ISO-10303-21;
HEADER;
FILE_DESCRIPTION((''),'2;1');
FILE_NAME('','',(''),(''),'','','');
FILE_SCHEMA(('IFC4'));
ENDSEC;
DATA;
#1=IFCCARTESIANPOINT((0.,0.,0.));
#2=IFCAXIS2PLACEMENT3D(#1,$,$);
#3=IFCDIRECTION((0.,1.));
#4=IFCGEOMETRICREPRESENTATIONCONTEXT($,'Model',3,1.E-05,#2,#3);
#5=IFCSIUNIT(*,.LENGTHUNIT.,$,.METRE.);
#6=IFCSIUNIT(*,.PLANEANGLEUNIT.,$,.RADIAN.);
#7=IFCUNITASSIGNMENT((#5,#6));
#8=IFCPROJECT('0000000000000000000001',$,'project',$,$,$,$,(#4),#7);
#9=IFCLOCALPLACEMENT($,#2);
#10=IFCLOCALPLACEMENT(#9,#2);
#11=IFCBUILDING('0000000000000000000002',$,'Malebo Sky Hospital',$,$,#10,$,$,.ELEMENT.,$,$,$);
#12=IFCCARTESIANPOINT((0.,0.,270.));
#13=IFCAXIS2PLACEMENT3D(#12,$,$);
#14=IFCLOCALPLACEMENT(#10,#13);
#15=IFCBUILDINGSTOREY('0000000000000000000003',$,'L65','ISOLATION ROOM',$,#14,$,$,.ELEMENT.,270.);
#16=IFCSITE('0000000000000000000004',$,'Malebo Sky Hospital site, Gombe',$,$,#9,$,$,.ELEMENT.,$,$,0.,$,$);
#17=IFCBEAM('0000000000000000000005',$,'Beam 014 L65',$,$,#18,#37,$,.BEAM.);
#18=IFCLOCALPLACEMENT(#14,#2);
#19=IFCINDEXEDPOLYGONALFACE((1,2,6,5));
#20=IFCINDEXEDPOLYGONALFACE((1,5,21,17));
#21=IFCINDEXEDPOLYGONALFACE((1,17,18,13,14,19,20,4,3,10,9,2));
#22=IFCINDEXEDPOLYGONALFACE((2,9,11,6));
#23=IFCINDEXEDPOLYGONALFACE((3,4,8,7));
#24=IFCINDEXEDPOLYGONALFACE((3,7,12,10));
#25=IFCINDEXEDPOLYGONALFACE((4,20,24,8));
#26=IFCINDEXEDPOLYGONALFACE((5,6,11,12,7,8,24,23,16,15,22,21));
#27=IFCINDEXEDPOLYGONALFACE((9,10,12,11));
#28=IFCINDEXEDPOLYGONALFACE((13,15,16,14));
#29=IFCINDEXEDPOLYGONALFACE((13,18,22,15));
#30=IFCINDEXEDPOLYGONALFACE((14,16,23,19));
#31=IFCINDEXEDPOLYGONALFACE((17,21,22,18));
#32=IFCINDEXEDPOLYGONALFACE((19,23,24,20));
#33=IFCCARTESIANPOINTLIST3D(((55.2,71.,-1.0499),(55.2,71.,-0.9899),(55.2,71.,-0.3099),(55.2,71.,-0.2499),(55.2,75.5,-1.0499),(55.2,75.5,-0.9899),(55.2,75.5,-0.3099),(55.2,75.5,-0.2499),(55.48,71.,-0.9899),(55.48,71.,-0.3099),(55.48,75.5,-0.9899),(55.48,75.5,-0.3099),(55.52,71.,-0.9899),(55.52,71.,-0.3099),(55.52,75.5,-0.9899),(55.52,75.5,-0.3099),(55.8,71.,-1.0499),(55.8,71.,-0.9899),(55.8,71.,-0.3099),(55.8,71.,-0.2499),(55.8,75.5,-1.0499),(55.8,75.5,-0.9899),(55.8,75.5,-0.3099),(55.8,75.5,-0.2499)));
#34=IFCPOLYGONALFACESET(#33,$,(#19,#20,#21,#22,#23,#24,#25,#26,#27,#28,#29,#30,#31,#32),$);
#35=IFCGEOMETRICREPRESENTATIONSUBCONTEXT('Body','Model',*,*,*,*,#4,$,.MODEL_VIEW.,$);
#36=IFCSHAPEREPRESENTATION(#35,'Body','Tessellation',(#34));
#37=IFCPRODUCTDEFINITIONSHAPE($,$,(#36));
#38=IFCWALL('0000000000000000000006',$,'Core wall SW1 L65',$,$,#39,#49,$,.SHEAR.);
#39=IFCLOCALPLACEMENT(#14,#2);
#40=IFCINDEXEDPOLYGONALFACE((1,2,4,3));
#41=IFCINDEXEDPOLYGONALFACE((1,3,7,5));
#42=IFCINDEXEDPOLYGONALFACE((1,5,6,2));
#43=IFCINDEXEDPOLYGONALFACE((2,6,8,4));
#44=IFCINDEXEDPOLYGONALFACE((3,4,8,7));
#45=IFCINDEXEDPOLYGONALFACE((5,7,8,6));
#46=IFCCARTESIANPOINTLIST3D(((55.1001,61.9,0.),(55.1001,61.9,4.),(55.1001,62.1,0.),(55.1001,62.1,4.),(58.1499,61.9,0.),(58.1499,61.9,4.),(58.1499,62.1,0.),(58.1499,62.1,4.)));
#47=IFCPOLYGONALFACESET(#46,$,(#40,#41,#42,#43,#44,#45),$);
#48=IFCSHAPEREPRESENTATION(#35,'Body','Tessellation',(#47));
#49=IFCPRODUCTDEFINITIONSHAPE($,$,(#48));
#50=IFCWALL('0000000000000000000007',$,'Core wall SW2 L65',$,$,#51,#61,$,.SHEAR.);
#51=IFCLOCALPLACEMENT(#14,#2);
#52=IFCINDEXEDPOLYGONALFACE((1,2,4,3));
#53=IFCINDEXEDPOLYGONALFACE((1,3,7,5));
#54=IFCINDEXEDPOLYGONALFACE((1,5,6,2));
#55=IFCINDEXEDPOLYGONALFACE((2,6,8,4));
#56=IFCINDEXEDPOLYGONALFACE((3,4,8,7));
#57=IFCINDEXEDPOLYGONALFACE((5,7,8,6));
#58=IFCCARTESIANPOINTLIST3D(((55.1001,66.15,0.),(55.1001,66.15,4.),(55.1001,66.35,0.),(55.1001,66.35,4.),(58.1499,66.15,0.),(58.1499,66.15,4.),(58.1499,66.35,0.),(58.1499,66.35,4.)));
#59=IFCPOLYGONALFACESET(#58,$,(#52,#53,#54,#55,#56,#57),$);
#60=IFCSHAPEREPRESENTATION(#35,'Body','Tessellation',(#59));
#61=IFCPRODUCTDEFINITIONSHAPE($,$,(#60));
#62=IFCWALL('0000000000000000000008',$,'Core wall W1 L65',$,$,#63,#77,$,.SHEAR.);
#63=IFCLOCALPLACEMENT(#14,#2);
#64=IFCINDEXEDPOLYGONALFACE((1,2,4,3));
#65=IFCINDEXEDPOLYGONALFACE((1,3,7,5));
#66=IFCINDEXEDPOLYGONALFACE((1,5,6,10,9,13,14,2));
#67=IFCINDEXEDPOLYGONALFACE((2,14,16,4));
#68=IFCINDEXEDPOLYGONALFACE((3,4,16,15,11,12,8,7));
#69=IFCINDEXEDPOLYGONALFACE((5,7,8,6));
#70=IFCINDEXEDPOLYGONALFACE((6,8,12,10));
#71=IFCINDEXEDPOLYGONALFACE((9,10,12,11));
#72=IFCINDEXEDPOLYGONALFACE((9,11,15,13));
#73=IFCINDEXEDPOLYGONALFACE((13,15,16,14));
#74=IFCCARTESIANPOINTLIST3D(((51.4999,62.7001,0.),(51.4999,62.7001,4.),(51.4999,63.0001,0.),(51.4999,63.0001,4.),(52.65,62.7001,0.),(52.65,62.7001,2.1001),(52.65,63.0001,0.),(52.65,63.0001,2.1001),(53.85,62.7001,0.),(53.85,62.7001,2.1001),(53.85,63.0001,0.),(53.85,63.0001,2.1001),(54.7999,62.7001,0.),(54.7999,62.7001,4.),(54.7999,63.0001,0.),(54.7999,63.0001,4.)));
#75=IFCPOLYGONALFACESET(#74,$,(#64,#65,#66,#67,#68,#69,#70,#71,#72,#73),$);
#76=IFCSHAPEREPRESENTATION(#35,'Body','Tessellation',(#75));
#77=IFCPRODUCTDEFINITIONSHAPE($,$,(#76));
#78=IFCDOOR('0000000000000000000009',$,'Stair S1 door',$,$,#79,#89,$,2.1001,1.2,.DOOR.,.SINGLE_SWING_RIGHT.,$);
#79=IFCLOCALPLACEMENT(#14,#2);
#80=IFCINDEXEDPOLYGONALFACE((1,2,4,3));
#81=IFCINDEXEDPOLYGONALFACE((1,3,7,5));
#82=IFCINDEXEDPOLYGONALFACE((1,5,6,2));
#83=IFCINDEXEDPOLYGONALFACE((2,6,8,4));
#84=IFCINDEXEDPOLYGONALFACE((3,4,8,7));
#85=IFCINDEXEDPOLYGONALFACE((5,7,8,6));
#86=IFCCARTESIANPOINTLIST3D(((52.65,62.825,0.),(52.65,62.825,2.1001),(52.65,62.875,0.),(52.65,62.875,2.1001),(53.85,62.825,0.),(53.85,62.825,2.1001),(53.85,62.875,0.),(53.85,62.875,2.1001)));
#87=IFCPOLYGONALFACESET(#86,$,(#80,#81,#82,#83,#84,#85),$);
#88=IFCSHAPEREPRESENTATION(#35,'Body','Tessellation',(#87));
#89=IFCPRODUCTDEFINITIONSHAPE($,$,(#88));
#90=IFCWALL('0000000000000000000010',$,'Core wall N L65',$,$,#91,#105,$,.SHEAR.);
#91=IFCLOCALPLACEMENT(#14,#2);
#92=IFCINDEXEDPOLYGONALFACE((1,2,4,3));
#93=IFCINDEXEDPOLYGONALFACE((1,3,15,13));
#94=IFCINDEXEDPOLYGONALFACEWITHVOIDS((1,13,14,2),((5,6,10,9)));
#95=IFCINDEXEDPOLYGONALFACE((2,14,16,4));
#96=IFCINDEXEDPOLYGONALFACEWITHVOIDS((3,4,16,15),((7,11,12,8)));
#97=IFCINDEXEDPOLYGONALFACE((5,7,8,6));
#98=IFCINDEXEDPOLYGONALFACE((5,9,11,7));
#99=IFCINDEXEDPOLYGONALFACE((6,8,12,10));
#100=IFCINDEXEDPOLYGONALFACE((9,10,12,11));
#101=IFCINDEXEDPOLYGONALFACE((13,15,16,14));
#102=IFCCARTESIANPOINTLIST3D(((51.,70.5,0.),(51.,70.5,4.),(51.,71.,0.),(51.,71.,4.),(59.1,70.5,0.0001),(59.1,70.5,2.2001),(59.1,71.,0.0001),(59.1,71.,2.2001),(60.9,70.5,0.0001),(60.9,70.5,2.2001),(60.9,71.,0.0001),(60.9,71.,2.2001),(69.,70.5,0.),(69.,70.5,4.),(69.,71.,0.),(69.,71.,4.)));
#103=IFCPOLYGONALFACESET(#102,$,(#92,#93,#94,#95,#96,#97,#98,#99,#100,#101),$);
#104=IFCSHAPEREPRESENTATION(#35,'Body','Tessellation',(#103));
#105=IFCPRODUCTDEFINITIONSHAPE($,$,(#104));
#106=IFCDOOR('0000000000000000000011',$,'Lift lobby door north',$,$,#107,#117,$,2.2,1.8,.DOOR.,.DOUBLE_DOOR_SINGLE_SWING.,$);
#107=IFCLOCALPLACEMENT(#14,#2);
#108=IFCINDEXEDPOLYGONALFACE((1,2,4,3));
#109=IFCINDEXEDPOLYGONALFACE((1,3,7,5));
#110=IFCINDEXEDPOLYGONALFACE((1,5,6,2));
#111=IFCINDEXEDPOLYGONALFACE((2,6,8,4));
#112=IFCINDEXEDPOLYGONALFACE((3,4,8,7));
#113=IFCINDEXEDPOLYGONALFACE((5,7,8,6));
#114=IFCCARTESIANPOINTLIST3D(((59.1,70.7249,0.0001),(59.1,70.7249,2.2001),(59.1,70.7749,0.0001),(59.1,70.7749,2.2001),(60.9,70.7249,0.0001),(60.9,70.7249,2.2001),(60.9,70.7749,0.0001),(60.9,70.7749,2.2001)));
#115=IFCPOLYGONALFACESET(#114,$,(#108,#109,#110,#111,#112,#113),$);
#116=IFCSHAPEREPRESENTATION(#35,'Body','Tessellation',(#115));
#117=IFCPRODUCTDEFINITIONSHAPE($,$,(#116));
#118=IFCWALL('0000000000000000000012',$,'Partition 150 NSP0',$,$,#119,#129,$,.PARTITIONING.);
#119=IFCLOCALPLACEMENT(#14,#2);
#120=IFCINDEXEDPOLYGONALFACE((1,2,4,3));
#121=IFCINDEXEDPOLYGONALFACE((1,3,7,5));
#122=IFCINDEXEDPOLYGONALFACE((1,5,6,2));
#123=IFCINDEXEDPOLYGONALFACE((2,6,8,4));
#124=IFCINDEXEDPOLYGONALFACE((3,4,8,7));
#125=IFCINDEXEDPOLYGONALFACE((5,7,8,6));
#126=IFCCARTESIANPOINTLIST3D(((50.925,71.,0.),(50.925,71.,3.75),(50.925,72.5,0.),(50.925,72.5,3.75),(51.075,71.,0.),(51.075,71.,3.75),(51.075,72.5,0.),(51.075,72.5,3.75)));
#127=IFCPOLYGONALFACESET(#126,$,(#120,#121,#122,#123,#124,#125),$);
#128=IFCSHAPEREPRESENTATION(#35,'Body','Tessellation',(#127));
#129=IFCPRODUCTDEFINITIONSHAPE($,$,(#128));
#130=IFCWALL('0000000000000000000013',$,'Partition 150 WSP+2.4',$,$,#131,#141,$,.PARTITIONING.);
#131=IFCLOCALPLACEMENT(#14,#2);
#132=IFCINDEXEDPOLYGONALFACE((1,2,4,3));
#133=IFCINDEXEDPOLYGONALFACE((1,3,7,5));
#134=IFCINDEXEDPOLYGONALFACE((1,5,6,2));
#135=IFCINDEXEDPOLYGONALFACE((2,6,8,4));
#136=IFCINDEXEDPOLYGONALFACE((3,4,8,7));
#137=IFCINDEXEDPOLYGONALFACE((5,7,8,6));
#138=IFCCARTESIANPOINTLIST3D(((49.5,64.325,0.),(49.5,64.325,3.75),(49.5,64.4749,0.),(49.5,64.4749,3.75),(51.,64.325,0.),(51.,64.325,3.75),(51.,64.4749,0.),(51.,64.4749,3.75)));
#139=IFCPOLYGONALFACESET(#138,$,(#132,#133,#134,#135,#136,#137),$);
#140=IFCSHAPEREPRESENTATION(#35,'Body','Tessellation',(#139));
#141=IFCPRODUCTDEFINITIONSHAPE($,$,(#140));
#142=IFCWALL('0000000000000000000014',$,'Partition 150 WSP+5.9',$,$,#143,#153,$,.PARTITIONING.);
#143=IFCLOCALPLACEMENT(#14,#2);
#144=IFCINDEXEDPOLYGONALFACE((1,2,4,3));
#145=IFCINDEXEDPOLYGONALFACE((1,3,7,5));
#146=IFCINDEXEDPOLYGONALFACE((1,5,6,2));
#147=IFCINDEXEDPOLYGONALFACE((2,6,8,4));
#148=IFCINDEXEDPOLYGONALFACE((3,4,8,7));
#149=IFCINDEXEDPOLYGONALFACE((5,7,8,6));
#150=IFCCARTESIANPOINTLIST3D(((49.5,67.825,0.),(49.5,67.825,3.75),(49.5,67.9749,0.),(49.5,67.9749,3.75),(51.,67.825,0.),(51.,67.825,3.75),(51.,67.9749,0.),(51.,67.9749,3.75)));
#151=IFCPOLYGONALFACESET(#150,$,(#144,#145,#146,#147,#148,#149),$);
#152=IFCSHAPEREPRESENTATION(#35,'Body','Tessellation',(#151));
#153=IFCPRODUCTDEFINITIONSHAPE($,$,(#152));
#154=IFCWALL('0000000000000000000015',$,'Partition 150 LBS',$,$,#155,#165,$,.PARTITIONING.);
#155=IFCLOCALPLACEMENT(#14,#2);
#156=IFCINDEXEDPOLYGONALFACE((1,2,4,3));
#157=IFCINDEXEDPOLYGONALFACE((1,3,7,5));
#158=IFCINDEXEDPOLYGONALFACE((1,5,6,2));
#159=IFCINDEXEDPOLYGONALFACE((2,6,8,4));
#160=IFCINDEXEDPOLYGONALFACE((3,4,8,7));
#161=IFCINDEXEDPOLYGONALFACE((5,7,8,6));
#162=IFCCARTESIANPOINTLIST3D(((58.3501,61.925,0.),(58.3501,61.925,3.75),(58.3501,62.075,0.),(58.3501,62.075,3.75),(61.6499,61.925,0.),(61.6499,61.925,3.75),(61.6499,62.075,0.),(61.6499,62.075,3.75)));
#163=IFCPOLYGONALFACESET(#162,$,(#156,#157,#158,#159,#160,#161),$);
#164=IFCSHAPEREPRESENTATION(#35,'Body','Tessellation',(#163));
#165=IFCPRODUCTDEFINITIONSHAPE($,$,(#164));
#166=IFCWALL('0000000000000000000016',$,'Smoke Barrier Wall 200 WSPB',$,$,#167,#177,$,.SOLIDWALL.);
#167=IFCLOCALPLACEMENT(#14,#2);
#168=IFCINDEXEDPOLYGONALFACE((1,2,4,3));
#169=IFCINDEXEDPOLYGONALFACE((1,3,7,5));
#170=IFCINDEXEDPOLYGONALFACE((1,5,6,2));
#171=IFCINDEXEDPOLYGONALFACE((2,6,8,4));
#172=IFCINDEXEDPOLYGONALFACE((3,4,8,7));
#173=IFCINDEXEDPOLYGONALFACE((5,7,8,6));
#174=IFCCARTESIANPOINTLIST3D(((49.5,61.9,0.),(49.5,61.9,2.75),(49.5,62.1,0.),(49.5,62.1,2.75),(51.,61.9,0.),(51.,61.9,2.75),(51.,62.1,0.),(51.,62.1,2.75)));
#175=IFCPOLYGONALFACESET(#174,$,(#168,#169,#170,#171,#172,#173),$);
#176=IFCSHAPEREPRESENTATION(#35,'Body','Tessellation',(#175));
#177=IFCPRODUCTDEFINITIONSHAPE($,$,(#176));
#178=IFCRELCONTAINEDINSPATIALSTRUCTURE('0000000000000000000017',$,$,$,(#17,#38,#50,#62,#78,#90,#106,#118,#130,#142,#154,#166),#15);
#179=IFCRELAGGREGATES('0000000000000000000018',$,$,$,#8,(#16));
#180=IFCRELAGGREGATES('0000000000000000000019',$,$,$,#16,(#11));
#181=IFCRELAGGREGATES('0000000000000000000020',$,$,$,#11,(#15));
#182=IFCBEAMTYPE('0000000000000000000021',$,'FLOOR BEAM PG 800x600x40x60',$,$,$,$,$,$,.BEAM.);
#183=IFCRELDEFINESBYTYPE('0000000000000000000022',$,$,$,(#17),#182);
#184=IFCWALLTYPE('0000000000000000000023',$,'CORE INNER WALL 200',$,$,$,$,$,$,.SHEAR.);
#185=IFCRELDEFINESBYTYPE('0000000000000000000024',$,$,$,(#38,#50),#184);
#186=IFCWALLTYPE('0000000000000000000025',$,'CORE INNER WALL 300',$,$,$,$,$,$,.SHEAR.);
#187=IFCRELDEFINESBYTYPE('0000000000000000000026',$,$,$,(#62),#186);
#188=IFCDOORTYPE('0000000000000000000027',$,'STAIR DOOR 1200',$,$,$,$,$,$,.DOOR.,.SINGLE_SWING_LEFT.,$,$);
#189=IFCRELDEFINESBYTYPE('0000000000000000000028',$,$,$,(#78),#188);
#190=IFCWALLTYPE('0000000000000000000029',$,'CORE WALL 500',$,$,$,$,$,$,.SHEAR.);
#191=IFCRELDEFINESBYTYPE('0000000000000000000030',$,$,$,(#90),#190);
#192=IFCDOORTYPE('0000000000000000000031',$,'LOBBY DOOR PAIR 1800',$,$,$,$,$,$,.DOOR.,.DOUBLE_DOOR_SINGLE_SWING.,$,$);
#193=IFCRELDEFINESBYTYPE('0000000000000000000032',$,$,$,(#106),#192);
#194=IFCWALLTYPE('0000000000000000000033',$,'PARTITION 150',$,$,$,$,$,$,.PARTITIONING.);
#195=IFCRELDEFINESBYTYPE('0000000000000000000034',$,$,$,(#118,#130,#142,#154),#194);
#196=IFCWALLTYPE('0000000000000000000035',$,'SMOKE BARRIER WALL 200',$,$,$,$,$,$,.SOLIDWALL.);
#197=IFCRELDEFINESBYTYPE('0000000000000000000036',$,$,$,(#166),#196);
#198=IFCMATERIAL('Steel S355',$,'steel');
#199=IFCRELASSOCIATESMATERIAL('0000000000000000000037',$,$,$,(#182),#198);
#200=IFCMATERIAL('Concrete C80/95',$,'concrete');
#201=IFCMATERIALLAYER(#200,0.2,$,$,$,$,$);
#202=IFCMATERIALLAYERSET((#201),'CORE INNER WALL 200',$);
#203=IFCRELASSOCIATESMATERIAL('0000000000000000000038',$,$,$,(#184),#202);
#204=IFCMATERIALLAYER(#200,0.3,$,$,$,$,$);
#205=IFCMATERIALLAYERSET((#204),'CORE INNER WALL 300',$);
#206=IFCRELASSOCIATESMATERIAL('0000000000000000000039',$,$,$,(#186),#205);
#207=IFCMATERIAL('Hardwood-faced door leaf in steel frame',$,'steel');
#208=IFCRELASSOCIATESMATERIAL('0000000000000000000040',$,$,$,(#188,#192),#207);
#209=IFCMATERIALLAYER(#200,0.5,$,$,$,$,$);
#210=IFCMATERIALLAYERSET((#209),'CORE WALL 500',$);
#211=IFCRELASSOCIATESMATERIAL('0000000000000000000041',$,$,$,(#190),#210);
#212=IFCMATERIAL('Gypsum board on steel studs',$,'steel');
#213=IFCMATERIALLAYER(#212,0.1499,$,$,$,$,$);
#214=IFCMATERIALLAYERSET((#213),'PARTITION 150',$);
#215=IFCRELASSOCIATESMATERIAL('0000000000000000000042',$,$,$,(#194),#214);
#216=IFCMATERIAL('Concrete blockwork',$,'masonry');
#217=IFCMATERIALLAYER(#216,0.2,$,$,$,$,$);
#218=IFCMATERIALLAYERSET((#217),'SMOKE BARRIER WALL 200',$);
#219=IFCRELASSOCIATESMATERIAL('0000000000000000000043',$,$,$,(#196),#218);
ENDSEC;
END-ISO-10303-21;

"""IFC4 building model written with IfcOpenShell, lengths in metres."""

from ifc_helpers import new_model, si_unit, direction, frame, frame_2d, origin, origin_2d, place, context, subcontext, project, spatial, rectangle, i_section, extrude, material, layer, layer_set, material_profile, profile_set, type_object, element, fill, save


model = new_model("IFC4")

# Units and contexts
model_context = context("Model", 3, precision=1e-05, world=origin(), true_north=direction((0.0, 1.0)))
body_context = subcontext(model_context, "Body", "Model", "MODEL_VIEW")
ifc_project = project(units=[si_unit("LENGTHUNIT", "METRE"), si_unit("PLANEANGLEUNIT", "RADIAN")], contexts=[model_context])

# Site, building, storey
site_placement = place(None, origin())
site = spatial("IfcSite", under=ifc_project, at=site_placement, Name="Malebo Sky Hospital site, Gombe", CompositionType="ELEMENT", RefElevation=0.0)
building_placement = place(site_placement, origin())
building = spatial("IfcBuilding", under=site, at=building_placement, Name="Malebo Sky Hospital", CompositionType="ELEMENT")
storey_placement = place(building_placement, frame((0.0, 0.0, 270.0)))
storey = spatial("IfcBuildingStorey", under=building, at=storey_placement, Name="L65", Description="ISOLATION ROOM", CompositionType="ELEMENT", Elevation=270.0)

# Beam
ifc_material_1 = material(Name="Steel S355", Category="steel")
ifc_material_profile = material_profile(ifc_material_1, i_section(OverallWidth=0.6001, OverallDepth=0.8, WebThickness=0.04, FlangeThickness=0.0601, at=origin_2d()), Name="PG 800x600x40x60")
ifc_profile_set = profile_set([ifc_material_profile], Name="Steel S355")
beam_type = type_object("IfcBeamType", Name="FLOOR BEAM PG 800x600x40x60", PredefinedType="BEAM", material=ifc_profile_set)
beam_placement = place(storey_placement, frame((55.5, 71.0, -0.6499), z_axis=(0.0, 1.0, 0.0), x_axis=(-1.0, 0.0, 0.0)))
element("IfcBeam", 1, at=beam_placement, inside=storey, type_object=beam_type, Name="Beam 014 L65", PredefinedType="BEAM", context=body_context, shape_type="SweptSolid", body=[
    extrude(i_section(OverallWidth=0.6001, OverallDepth=0.8, WebThickness=0.04, FlangeThickness=0.0601, at=origin_2d()), origin(), (0.0, 0.0, 1.0), 4.5),
])

# Walls
ifc_material_2 = material(Name="Concrete C80/95", Category="concrete")
ifc_layer_1 = layer(ifc_material_2, 0.2)
ifc_layer_set_1 = layer_set([ifc_layer_1], Name="CORE INNER WALL 200")
wall_type_1 = type_object("IfcWallType", Name="CORE INNER WALL 200", PredefinedType="SHEAR", material=ifc_layer_set_1)
for number, where, z_axis, x_axis, name in (
    (2, (55.1001, 62.0, 0.0), (0.0, 0.0, 1.0), (1.0, 0.0, 0.0), "Core wall SW1 L65"),
    (3, (55.1001, 66.25, 0.0), (0.0, 0.0, 1.0), (1.0, 0.0, 0.0), "Core wall SW2 L65"),
):
    element("IfcWall", number, at=place(storey_placement, frame(where, z_axis=z_axis, x_axis=x_axis)), inside=storey, type_object=wall_type_1, Name=name, PredefinedType="SHEAR", context=body_context, shape_type="SweptSolid", body=[
        extrude(rectangle(XDim=3.0498, YDim=0.2, at=frame_2d((1.5249, 0.0))), origin(), (0.0, 0.0, 1.0), 4.0),
    ])

# Walls, openings, doors
ifc_layer_2 = layer(ifc_material_2, 0.3)
ifc_layer_set_2 = layer_set([ifc_layer_2], Name="CORE INNER WALL 300")
wall_type_2 = type_object("IfcWallType", Name="CORE INNER WALL 300", PredefinedType="SHEAR", material=ifc_layer_set_2)
wall_1_placement = place(storey_placement, frame((51.5, 62.8501, 0.0), z_axis=(0.0, 0.0, 1.0), x_axis=(1.0, 0.0, 0.0)))
wall_1 = element("IfcWall", 4, at=wall_1_placement, inside=storey, type_object=wall_type_2, Name="Core wall W1 L65", PredefinedType="SHEAR", context=body_context, shape_type="SweptSolid", body=[
    extrude(rectangle(XDim=3.3, YDim=0.3, at=frame_2d((1.6499, 0.0))), origin(), (0.0, 0.0, 1.0), 4.0),
])
opening_1_placement = place(wall_1_placement, frame((1.1499, 0.0, 0.0)))
opening_1 = element("IfcOpeningElement", 5, at=opening_1_placement, cuts=wall_1, PredefinedType="OPENING", context=body_context, shape_type="SweptSolid", body=[
    extrude(rectangle(XDim=1.2, YDim=2.1001, at=frame_2d((0.6001, 1.05))), frame((0.0, 0.1599, 0.0), z_axis=(0.0, -1.0, 0.0), x_axis=(1.0, 0.0, 0.0)), (0.0, 0.0, 1.0), 0.3201),
])
ifc_material_3 = material(Name="Hardwood-faced door leaf in steel frame", Category="steel")
door_type_1 = type_object("IfcDoorType", Name="STAIR DOOR 1200", OperationType="SINGLE_SWING_LEFT", PredefinedType="DOOR", material=ifc_material_3)
door_1_placement = place(opening_1_placement, origin())
door_1 = element("IfcDoor", 6, at=door_1_placement, inside=storey, type_object=door_type_1, Name="Stair S1 door", OperationType="SINGLE_SWING_RIGHT", OverallHeight=2.1001, OverallWidth=1.2, PredefinedType="DOOR", context=body_context, shape_type="SweptSolid", body=[
    extrude(rectangle(XDim=1.2, YDim=2.1001, at=frame_2d((0.6001, 1.05))), frame((0.0, 0.0249, 0.0), z_axis=(0.0, -1.0, 0.0), x_axis=(1.0, 0.0, 0.0)), (0.0, 0.0, 1.0), 0.05),
])
fill(opening_1, door_1)
ifc_layer_3 = layer(ifc_material_2, 0.5)
ifc_layer_set_3 = layer_set([ifc_layer_3], Name="CORE WALL 500")
wall_type_3 = type_object("IfcWallType", Name="CORE WALL 500", PredefinedType="SHEAR", material=ifc_layer_set_3)
wall_2_placement = place(storey_placement, frame((51.0, 70.75, 0.0), z_axis=(0.0, 0.0, 1.0), x_axis=(1.0, 0.0, 0.0)))
wall_2 = element("IfcWall", 7, at=wall_2_placement, inside=storey, type_object=wall_type_3, Name="Core wall N L65", PredefinedType="SHEAR", context=body_context, shape_type="SweptSolid", body=[
    extrude(rectangle(XDim=18.0, YDim=0.5, at=frame_2d((9.0, 0.0))), origin(), (0.0, 0.0, 1.0), 4.0),
])
opening_2_placement = place(wall_2_placement, frame((8.1001, 0.0, 0.0)))
opening_2 = element("IfcOpeningElement", 8, at=opening_2_placement, cuts=wall_2, PredefinedType="OPENING", context=body_context, shape_type="SweptSolid", body=[
    extrude(rectangle(XDim=1.8, YDim=2.2, at=frame_2d((0.8999, 1.1001))), frame((0.0, 0.26, 0.0), z_axis=(0.0, -1.0, 0.0), x_axis=(1.0, 0.0, 0.0)), (0.0, 0.0, 1.0), 0.52),
])
door_type_2 = type_object("IfcDoorType", Name="LOBBY DOOR PAIR 1800", OperationType="DOUBLE_DOOR_SINGLE_SWING", PredefinedType="DOOR", material=ifc_material_3)
door_2_placement = place(opening_2_placement, origin())
door_2 = element("IfcDoor", 9, at=door_2_placement, inside=storey, type_object=door_type_2, Name="Lift lobby door north", OperationType="DOUBLE_DOOR_SINGLE_SWING", OverallHeight=2.2, OverallWidth=1.8, PredefinedType="DOOR", context=body_context, shape_type="SweptSolid", body=[
    extrude(rectangle(XDim=1.8, YDim=2.2, at=frame_2d((0.8999, 1.1001))), frame((0.0, 0.0249, 0.0), z_axis=(0.0, -1.0, 0.0), x_axis=(1.0, 0.0, 0.0)), (0.0, 0.0, 1.0), 0.05),
])
fill(opening_2, door_2)

# Walls
ifc_material_4 = material(Name="Gypsum board on steel studs", Category="steel")
ifc_layer_4 = layer(ifc_material_4, 0.1499)
ifc_layer_set_4 = layer_set([ifc_layer_4], Name="PARTITION 150")
wall_type_4 = type_object("IfcWallType", Name="PARTITION 150", PredefinedType="PARTITIONING", material=ifc_layer_set_4)
for number, where, z_axis, x_axis, name in (
    (10, (51.0, 71.0, 0.0), (0.0, 0.0, 1.0), (0.0, 1.0, 0.0), "Partition 150 NSP0"),
    (11, (51.0, 64.3999, 0.0), (0.0, 0.0, 1.0), (-1.0, 0.0, 0.0), "Partition 150 WSP+2.4"),
    (12, (51.0, 67.8999, 0.0), (0.0, 0.0, 1.0), (-1.0, 0.0, 0.0), "Partition 150 WSP+5.9"),
):
    element("IfcWall", number, at=place(storey_placement, frame(where, z_axis=z_axis, x_axis=x_axis)), inside=storey, type_object=wall_type_4, Name=name, PredefinedType="PARTITIONING", context=body_context, shape_type="SweptSolid", body=[
        extrude(rectangle(XDim=1.5, YDim=0.1499, at=frame_2d((0.75, 0.0))), origin(), (0.0, 0.0, 1.0), 3.75),
    ])
wall_3_placement = place(storey_placement, frame((58.3501, 62.0, 0.0), z_axis=(0.0, 0.0, 1.0), x_axis=(1.0, 0.0, 0.0)))
element("IfcWall", 13, at=wall_3_placement, inside=storey, type_object=wall_type_4, Name="Partition 150 LBS", PredefinedType="PARTITIONING", context=body_context, shape_type="SweptSolid", body=[
    extrude(rectangle(XDim=3.2998, YDim=0.1499, at=frame_2d((1.6499, 0.0))), origin(), (0.0, 0.0, 1.0), 3.75),
])
ifc_material_5 = material(Name="Concrete blockwork", Category="masonry")
ifc_layer_5 = layer(ifc_material_5, 0.2)
ifc_layer_set_5 = layer_set([ifc_layer_5], Name="SMOKE BARRIER WALL 200")
wall_type_5 = type_object("IfcWallType", Name="SMOKE BARRIER WALL 200", PredefinedType="SOLIDWALL", material=ifc_layer_set_5)
wall_4_placement = place(storey_placement, frame((51.0, 62.0, 0.0), z_axis=(0.0, 0.0, 1.0), x_axis=(-1.0, 0.0, 0.0)))
element("IfcWall", 14, at=wall_4_placement, inside=storey, type_object=wall_type_5, Name="Smoke Barrier Wall 200 WSPB", PredefinedType="SOLIDWALL", context=body_context, shape_type="SweptSolid", body=[
    extrude(rectangle(XDim=1.5, YDim=0.2, at=frame_2d((0.75, 0.0))), origin(), (0.0, 0.0, 1.0), 2.75),
])

save(model, "model.ifc")
